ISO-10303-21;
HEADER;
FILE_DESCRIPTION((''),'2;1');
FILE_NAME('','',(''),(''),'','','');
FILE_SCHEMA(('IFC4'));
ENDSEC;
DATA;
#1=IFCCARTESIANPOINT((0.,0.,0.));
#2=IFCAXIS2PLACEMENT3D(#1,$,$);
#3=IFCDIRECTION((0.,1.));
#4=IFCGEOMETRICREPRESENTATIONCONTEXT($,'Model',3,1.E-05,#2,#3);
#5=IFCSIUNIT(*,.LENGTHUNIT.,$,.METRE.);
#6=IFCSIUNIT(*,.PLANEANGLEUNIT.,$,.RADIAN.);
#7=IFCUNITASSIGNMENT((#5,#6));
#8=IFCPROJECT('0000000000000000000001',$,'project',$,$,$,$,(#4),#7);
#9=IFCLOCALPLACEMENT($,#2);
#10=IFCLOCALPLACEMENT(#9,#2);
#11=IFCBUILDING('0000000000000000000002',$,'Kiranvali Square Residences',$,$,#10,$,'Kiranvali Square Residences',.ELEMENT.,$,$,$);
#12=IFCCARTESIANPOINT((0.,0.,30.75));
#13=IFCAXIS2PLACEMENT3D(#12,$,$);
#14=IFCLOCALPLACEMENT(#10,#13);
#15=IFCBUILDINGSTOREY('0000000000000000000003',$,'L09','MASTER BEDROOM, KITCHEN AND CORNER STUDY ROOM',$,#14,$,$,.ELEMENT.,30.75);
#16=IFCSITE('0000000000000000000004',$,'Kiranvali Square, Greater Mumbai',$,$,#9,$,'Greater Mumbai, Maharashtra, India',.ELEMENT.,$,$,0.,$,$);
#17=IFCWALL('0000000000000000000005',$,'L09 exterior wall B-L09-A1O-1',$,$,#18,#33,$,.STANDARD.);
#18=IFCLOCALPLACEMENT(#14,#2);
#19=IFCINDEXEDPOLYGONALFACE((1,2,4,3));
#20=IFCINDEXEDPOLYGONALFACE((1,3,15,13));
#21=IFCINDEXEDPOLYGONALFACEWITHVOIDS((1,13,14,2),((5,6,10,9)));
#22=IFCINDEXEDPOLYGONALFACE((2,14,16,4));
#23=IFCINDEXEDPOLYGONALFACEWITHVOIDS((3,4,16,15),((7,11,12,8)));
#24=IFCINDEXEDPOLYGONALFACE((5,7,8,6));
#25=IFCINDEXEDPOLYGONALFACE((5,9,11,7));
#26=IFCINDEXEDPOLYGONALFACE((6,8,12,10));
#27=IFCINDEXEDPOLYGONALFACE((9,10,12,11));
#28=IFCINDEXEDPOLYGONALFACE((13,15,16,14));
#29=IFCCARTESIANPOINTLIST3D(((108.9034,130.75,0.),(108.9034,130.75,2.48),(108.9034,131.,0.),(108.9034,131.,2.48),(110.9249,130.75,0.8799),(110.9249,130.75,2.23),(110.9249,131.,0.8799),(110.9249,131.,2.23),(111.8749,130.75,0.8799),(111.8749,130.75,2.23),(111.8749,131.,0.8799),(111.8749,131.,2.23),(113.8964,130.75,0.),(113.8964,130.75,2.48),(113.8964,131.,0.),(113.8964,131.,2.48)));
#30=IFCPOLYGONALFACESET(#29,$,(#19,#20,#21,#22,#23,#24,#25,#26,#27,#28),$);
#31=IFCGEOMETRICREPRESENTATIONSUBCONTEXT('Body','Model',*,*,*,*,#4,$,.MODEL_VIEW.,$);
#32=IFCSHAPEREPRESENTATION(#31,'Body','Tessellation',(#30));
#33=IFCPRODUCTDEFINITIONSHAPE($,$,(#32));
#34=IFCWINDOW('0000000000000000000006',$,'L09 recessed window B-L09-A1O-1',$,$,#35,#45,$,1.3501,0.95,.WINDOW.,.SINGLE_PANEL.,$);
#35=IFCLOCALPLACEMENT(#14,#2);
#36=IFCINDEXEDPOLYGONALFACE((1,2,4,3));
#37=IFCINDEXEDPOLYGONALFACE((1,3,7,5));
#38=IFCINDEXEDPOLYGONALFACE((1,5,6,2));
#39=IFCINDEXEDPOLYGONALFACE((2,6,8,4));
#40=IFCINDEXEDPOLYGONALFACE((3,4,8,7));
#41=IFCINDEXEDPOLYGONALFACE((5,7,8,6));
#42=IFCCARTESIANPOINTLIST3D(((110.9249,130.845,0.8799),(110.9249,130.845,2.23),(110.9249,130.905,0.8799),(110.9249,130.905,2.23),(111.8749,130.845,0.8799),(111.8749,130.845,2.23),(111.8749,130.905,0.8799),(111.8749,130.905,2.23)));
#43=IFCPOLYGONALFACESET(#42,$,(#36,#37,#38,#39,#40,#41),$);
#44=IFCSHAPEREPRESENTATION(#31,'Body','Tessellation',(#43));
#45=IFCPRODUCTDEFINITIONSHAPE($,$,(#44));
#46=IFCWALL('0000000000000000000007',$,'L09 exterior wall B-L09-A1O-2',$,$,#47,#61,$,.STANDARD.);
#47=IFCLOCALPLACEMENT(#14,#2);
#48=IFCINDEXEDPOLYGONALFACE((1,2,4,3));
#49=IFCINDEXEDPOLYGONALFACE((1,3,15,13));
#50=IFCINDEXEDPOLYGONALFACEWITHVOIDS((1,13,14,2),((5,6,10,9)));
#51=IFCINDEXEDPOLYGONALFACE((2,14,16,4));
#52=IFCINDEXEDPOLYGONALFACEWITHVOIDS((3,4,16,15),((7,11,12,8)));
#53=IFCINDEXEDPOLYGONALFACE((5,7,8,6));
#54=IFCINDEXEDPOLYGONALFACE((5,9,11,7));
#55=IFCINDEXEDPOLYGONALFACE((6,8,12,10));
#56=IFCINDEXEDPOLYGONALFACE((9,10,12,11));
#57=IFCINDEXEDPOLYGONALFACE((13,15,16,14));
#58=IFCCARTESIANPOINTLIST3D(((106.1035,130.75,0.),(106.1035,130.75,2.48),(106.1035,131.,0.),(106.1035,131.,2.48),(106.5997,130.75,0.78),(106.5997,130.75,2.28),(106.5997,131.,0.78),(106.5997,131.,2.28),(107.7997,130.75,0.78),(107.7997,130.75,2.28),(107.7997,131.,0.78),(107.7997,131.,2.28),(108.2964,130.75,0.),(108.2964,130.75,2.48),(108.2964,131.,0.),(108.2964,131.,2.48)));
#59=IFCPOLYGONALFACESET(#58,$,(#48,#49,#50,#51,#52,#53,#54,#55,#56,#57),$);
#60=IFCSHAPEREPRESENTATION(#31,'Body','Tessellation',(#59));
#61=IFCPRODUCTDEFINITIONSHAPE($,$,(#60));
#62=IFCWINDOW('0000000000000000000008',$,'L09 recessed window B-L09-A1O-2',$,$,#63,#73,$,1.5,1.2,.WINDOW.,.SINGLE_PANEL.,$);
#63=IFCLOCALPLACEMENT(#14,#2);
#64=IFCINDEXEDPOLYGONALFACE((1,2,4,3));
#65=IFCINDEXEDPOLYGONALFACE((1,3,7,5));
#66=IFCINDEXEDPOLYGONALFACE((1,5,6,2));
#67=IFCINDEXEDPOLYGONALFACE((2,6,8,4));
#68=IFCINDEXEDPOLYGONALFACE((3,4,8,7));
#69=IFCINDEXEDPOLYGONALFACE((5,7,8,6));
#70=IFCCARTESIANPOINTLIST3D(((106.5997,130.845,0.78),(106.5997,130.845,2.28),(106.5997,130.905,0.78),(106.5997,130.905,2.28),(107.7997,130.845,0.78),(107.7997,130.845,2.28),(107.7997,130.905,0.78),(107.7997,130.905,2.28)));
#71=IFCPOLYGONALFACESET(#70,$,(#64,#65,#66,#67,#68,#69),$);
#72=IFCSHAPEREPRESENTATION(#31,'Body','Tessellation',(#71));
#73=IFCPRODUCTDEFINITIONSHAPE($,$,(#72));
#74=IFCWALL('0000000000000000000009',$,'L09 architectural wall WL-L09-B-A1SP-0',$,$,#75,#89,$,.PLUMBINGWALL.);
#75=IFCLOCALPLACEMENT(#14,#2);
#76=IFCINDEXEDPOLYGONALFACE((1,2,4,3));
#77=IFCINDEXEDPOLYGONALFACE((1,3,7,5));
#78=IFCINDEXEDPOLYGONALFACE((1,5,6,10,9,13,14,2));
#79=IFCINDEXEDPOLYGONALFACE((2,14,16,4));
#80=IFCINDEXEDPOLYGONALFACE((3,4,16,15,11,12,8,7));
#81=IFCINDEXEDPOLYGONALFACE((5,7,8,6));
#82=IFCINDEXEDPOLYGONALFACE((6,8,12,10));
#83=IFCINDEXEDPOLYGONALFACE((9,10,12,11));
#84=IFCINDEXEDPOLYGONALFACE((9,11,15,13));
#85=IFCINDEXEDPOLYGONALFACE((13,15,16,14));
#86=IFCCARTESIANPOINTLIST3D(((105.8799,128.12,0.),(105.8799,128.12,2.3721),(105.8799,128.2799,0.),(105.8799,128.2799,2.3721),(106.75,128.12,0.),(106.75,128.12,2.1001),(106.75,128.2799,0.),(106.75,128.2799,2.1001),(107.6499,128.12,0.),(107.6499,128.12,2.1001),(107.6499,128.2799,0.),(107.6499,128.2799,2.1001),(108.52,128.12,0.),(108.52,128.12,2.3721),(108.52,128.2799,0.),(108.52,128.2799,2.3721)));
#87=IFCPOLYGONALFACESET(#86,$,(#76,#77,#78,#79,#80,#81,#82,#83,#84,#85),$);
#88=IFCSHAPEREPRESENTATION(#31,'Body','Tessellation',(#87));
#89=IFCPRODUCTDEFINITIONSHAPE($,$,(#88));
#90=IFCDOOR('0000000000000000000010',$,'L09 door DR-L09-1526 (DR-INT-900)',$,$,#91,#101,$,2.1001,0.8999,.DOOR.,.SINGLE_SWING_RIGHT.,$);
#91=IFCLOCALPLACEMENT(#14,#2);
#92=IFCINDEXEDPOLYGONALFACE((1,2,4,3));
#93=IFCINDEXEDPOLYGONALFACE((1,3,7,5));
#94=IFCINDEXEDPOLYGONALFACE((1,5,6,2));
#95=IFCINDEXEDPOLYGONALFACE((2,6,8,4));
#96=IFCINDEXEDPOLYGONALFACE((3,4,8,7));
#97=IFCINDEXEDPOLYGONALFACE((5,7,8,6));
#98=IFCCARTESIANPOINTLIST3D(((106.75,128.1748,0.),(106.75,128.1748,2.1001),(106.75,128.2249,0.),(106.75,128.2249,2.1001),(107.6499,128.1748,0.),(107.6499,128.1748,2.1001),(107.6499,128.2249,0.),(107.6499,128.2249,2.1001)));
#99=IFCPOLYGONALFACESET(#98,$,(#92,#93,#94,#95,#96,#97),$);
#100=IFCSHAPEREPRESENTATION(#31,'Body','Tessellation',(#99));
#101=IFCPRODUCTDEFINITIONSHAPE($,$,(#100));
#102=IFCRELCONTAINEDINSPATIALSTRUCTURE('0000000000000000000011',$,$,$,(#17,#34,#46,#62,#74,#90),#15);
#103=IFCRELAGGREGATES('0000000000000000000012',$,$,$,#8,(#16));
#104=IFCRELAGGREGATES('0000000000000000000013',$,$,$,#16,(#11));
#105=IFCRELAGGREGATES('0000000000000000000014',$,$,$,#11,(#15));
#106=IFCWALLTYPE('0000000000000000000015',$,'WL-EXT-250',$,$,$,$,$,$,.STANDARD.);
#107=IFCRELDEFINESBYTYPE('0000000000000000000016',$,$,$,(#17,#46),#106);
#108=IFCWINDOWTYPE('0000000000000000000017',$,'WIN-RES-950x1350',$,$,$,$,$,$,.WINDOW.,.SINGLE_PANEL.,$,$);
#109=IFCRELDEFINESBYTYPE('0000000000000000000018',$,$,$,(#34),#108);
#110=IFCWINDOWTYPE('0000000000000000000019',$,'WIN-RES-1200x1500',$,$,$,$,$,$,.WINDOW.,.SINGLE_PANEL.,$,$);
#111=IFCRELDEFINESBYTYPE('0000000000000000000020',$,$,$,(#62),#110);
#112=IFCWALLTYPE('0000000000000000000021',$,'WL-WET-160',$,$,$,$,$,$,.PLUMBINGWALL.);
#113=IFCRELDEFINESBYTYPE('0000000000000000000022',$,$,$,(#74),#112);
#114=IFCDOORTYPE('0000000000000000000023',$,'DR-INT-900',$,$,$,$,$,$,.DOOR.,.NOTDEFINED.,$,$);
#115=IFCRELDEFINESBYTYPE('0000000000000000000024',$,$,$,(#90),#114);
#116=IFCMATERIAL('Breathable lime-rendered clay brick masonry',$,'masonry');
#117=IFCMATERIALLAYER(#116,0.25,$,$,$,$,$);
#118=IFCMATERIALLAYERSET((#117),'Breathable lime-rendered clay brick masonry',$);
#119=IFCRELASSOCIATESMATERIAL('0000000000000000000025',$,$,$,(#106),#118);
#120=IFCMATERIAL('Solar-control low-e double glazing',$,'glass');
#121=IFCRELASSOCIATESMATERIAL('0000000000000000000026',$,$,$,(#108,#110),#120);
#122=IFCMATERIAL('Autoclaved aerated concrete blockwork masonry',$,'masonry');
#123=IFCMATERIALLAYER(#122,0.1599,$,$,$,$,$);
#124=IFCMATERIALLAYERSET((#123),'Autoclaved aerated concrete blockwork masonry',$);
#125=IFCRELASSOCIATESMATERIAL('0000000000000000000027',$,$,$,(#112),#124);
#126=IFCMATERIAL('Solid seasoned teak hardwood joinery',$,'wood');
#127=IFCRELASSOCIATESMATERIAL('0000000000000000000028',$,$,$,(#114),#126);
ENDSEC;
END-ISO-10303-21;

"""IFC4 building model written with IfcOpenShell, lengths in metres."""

from ifc_helpers import new_model, si_unit, direction, frame, frame_2d, origin, place, context, subcontext, project, spatial, rectangle, extrude, material, layer, layer_set, type_object, element, fill, save


model = new_model("IFC4")

# Units and contexts
model_context = context("Model", 3, precision=1e-05, world=origin(), true_north=direction((0.0, 1.0)))
body_context = subcontext(model_context, "Body", "Model", "MODEL_VIEW")
ifc_project = project(units=[si_unit("LENGTHUNIT", "METRE"), si_unit("PLANEANGLEUNIT", "RADIAN")], contexts=[model_context])

# Site, building, storey
site_placement = place(None, origin())
site = spatial("IfcSite", under=ifc_project, at=site_placement, Name="Kiranvali Square, Greater Mumbai", LongName="Greater Mumbai, Maharashtra, India", CompositionType="ELEMENT", RefElevation=0.0)
building_placement = place(site_placement, origin())
building = spatial("IfcBuilding", under=site, at=building_placement, Name="Kiranvali Square Residences", LongName="Kiranvali Square Residences", CompositionType="ELEMENT")
storey_placement = place(building_placement, frame((0.0, 0.0, 30.75)))
storey = spatial("IfcBuildingStorey", under=building, at=storey_placement, Name="L09", Description="MASTER BEDROOM, KITCHEN AND CORNER STUDY ROOM", CompositionType="ELEMENT", Elevation=30.75)

# Walls, openings, windows
ifc_material_1 = material(Name="Breathable lime-rendered clay brick masonry", Category="masonry")
ifc_layer_1 = layer(ifc_material_1, 0.25)
ifc_layer_set_1 = layer_set([ifc_layer_1], Name="Breathable lime-rendered clay brick masonry")
wall_type_1 = type_object("IfcWallType", Name="WL-EXT-250", PredefinedType="STANDARD", material=ifc_layer_set_1)
wall_1_placement = place(storey_placement, frame((113.8965, 130.875, 0.0), z_axis=(0.0, 0.0, 1.0), x_axis=(-1.0, 0.0, 0.0)))
wall_1 = element("IfcWall", 1, at=wall_1_placement, inside=storey, type_object=wall_type_1, Name="L09 exterior wall B-L09-A1O-1", PredefinedType="STANDARD", context=body_context, shape_type="SweptSolid", body=[
    extrude(rectangle(XDim=4.9929, YDim=0.25, at=frame_2d((2.4966, 0.0))), origin(), (0.0, 0.0, 1.0), 2.48),
])
opening_1_placement = place(wall_1_placement, frame((2.0215, 0.0, 0.8799)))
opening_1 = element("IfcOpeningElement", 2, at=opening_1_placement, cuts=wall_1, PredefinedType="OPENING", context=body_context, shape_type="SweptSolid", body=[
    extrude(rectangle(XDim=0.95, YDim=1.3501, at=frame_2d((0.4751, 0.675))), frame((0.0, 0.135, 0.0), z_axis=(0.0, -1.0, 0.0), x_axis=(1.0, 0.0, 0.0)), (0.0, 0.0, 1.0), 0.27),
])
ifc_material_2 = material(Name="Solar-control low-e double glazing", Category="glass")
window_type_1 = type_object("IfcWindowType", Name="WIN-RES-950x1350", PartitioningType="SINGLE_PANEL", PredefinedType="WINDOW", material=ifc_material_2)
window_1_placement = place(opening_1_placement, origin())
window_1 = element("IfcWindow", 3, at=window_1_placement, inside=storey, type_object=window_type_1, Name="L09 recessed window B-L09-A1O-1", OverallHeight=1.3501, OverallWidth=0.95, PartitioningType="SINGLE_PANEL", PredefinedType="WINDOW", context=body_context, shape_type="SweptSolid", body=[
    extrude(rectangle(XDim=0.95, YDim=1.3501, at=frame_2d((0.4751, 0.675))), frame((0.0, 0.03, 0.0), z_axis=(0.0, -1.0, 0.0), x_axis=(1.0, 0.0, 0.0)), (0.0, 0.0, 1.0), 0.0601),
])
fill(opening_1, window_1)
wall_2_placement = place(storey_placement, frame((108.2964, 130.875, 0.0), z_axis=(0.0, 0.0, 1.0), x_axis=(-1.0, 0.0, 0.0)))
wall_2 = element("IfcWall", 4, at=wall_2_placement, inside=storey, type_object=wall_type_1, Name="L09 exterior wall B-L09-A1O-2", PredefinedType="STANDARD", context=body_context, shape_type="SweptSolid", body=[
    extrude(rectangle(XDim=2.1929, YDim=0.25, at=frame_2d((1.0964, 0.0))), origin(), (0.0, 0.0, 1.0), 2.48),
])
opening_2_placement = place(wall_2_placement, frame((0.4966, 0.0, 0.78)))
opening_2 = element("IfcOpeningElement", 5, at=opening_2_placement, cuts=wall_2, PredefinedType="OPENING", context=body_context, shape_type="SweptSolid", body=[
    extrude(rectangle(XDim=1.2, YDim=1.5, at=frame_2d((0.6001, 0.75))), frame((0.0, 0.135, 0.0), z_axis=(0.0, -1.0, 0.0), x_axis=(1.0, 0.0, 0.0)), (0.0, 0.0, 1.0), 0.27),
])
window_type_2 = type_object("IfcWindowType", Name="WIN-RES-1200x1500", PartitioningType="SINGLE_PANEL", PredefinedType="WINDOW", material=ifc_material_2)
window_2_placement = place(opening_2_placement, origin())
window_2 = element("IfcWindow", 6, at=window_2_placement, inside=storey, type_object=window_type_2, Name="L09 recessed window B-L09-A1O-2", OverallHeight=1.5, OverallWidth=1.2, PartitioningType="SINGLE_PANEL", PredefinedType="WINDOW", context=body_context, shape_type="SweptSolid", body=[
    extrude(rectangle(XDim=1.2, YDim=1.5, at=frame_2d((0.6001, 0.75))), frame((0.0, 0.03, 0.0), z_axis=(0.0, -1.0, 0.0), x_axis=(1.0, 0.0, 0.0)), (0.0, 0.0, 1.0), 0.0601),
])
fill(opening_2, window_2)

# Wall, opening, door
ifc_material_3 = material(Name="Autoclaved aerated concrete blockwork masonry", Category="masonry")
ifc_layer_2 = layer(ifc_material_3, 0.1599)
ifc_layer_set_2 = layer_set([ifc_layer_2], Name="Autoclaved aerated concrete blockwork masonry")
wall_type_2 = type_object("IfcWallType", Name="WL-WET-160", PredefinedType="PLUMBINGWALL", material=ifc_layer_set_2)
wall_3_placement = place(storey_placement, frame((108.52, 128.2, 0.0), z_axis=(0.0, 0.0, 1.0), x_axis=(-1.0, 0.0, 0.0)))
wall_3 = element("IfcWall", 7, at=wall_3_placement, inside=storey, type_object=wall_type_2, Name="L09 architectural wall WL-L09-B-A1SP-0", PredefinedType="PLUMBINGWALL", context=body_context, shape_type="SweptSolid", body=[
    extrude(rectangle(XDim=2.6401, YDim=0.1599, at=frame_2d((1.3201, 0.0))), origin(), (0.0, 0.0, 1.0), 2.3721),
])
opening_3_placement = place(wall_3_placement, frame((0.8701, 0.0, 0.0)))
opening_3 = element("IfcOpeningElement", 8, at=opening_3_placement, cuts=wall_3, PredefinedType="OPENING", context=body_context, shape_type="SweptSolid", body=[
    extrude(rectangle(XDim=0.8999, YDim=2.1001, at=frame_2d((0.45, 1.05))), frame((0.0, 0.0898, 0.0), z_axis=(0.0, -1.0, 0.0), x_axis=(1.0, 0.0, 0.0)), (0.0, 0.0, 1.0), 0.1799),
])
ifc_material_4 = material(Name="Solid seasoned teak hardwood joinery", Category="wood")
door_type = type_object("IfcDoorType", Name="DR-INT-900", OperationType="NOTDEFINED", PredefinedType="DOOR", material=ifc_material_4)
door_placement = place(opening_3_placement, frame((0.8999, 0.0, 0.0), z_axis=(0.0, 0.0, 1.0), x_axis=(-1.0, 0.0, 0.0)))
door = element("IfcDoor", 9, at=door_placement, inside=storey, type_object=door_type, Name="L09 door DR-L09-1526 (DR-INT-900)", OperationType="SINGLE_SWING_RIGHT", OverallHeight=2.1001, OverallWidth=0.8999, PredefinedType="DOOR", context=body_context, shape_type="SweptSolid", body=[
    extrude(rectangle(XDim=0.8999, YDim=2.1001, at=frame_2d((0.45, 1.05))), frame((0.0, 0.0249, 0.0), z_axis=(0.0, -1.0, 0.0), x_axis=(1.0, 0.0, 0.0)), (0.0, 0.0, 1.0), 0.05),
])
fill(opening_3, door)

save(model, "model.ifc")
